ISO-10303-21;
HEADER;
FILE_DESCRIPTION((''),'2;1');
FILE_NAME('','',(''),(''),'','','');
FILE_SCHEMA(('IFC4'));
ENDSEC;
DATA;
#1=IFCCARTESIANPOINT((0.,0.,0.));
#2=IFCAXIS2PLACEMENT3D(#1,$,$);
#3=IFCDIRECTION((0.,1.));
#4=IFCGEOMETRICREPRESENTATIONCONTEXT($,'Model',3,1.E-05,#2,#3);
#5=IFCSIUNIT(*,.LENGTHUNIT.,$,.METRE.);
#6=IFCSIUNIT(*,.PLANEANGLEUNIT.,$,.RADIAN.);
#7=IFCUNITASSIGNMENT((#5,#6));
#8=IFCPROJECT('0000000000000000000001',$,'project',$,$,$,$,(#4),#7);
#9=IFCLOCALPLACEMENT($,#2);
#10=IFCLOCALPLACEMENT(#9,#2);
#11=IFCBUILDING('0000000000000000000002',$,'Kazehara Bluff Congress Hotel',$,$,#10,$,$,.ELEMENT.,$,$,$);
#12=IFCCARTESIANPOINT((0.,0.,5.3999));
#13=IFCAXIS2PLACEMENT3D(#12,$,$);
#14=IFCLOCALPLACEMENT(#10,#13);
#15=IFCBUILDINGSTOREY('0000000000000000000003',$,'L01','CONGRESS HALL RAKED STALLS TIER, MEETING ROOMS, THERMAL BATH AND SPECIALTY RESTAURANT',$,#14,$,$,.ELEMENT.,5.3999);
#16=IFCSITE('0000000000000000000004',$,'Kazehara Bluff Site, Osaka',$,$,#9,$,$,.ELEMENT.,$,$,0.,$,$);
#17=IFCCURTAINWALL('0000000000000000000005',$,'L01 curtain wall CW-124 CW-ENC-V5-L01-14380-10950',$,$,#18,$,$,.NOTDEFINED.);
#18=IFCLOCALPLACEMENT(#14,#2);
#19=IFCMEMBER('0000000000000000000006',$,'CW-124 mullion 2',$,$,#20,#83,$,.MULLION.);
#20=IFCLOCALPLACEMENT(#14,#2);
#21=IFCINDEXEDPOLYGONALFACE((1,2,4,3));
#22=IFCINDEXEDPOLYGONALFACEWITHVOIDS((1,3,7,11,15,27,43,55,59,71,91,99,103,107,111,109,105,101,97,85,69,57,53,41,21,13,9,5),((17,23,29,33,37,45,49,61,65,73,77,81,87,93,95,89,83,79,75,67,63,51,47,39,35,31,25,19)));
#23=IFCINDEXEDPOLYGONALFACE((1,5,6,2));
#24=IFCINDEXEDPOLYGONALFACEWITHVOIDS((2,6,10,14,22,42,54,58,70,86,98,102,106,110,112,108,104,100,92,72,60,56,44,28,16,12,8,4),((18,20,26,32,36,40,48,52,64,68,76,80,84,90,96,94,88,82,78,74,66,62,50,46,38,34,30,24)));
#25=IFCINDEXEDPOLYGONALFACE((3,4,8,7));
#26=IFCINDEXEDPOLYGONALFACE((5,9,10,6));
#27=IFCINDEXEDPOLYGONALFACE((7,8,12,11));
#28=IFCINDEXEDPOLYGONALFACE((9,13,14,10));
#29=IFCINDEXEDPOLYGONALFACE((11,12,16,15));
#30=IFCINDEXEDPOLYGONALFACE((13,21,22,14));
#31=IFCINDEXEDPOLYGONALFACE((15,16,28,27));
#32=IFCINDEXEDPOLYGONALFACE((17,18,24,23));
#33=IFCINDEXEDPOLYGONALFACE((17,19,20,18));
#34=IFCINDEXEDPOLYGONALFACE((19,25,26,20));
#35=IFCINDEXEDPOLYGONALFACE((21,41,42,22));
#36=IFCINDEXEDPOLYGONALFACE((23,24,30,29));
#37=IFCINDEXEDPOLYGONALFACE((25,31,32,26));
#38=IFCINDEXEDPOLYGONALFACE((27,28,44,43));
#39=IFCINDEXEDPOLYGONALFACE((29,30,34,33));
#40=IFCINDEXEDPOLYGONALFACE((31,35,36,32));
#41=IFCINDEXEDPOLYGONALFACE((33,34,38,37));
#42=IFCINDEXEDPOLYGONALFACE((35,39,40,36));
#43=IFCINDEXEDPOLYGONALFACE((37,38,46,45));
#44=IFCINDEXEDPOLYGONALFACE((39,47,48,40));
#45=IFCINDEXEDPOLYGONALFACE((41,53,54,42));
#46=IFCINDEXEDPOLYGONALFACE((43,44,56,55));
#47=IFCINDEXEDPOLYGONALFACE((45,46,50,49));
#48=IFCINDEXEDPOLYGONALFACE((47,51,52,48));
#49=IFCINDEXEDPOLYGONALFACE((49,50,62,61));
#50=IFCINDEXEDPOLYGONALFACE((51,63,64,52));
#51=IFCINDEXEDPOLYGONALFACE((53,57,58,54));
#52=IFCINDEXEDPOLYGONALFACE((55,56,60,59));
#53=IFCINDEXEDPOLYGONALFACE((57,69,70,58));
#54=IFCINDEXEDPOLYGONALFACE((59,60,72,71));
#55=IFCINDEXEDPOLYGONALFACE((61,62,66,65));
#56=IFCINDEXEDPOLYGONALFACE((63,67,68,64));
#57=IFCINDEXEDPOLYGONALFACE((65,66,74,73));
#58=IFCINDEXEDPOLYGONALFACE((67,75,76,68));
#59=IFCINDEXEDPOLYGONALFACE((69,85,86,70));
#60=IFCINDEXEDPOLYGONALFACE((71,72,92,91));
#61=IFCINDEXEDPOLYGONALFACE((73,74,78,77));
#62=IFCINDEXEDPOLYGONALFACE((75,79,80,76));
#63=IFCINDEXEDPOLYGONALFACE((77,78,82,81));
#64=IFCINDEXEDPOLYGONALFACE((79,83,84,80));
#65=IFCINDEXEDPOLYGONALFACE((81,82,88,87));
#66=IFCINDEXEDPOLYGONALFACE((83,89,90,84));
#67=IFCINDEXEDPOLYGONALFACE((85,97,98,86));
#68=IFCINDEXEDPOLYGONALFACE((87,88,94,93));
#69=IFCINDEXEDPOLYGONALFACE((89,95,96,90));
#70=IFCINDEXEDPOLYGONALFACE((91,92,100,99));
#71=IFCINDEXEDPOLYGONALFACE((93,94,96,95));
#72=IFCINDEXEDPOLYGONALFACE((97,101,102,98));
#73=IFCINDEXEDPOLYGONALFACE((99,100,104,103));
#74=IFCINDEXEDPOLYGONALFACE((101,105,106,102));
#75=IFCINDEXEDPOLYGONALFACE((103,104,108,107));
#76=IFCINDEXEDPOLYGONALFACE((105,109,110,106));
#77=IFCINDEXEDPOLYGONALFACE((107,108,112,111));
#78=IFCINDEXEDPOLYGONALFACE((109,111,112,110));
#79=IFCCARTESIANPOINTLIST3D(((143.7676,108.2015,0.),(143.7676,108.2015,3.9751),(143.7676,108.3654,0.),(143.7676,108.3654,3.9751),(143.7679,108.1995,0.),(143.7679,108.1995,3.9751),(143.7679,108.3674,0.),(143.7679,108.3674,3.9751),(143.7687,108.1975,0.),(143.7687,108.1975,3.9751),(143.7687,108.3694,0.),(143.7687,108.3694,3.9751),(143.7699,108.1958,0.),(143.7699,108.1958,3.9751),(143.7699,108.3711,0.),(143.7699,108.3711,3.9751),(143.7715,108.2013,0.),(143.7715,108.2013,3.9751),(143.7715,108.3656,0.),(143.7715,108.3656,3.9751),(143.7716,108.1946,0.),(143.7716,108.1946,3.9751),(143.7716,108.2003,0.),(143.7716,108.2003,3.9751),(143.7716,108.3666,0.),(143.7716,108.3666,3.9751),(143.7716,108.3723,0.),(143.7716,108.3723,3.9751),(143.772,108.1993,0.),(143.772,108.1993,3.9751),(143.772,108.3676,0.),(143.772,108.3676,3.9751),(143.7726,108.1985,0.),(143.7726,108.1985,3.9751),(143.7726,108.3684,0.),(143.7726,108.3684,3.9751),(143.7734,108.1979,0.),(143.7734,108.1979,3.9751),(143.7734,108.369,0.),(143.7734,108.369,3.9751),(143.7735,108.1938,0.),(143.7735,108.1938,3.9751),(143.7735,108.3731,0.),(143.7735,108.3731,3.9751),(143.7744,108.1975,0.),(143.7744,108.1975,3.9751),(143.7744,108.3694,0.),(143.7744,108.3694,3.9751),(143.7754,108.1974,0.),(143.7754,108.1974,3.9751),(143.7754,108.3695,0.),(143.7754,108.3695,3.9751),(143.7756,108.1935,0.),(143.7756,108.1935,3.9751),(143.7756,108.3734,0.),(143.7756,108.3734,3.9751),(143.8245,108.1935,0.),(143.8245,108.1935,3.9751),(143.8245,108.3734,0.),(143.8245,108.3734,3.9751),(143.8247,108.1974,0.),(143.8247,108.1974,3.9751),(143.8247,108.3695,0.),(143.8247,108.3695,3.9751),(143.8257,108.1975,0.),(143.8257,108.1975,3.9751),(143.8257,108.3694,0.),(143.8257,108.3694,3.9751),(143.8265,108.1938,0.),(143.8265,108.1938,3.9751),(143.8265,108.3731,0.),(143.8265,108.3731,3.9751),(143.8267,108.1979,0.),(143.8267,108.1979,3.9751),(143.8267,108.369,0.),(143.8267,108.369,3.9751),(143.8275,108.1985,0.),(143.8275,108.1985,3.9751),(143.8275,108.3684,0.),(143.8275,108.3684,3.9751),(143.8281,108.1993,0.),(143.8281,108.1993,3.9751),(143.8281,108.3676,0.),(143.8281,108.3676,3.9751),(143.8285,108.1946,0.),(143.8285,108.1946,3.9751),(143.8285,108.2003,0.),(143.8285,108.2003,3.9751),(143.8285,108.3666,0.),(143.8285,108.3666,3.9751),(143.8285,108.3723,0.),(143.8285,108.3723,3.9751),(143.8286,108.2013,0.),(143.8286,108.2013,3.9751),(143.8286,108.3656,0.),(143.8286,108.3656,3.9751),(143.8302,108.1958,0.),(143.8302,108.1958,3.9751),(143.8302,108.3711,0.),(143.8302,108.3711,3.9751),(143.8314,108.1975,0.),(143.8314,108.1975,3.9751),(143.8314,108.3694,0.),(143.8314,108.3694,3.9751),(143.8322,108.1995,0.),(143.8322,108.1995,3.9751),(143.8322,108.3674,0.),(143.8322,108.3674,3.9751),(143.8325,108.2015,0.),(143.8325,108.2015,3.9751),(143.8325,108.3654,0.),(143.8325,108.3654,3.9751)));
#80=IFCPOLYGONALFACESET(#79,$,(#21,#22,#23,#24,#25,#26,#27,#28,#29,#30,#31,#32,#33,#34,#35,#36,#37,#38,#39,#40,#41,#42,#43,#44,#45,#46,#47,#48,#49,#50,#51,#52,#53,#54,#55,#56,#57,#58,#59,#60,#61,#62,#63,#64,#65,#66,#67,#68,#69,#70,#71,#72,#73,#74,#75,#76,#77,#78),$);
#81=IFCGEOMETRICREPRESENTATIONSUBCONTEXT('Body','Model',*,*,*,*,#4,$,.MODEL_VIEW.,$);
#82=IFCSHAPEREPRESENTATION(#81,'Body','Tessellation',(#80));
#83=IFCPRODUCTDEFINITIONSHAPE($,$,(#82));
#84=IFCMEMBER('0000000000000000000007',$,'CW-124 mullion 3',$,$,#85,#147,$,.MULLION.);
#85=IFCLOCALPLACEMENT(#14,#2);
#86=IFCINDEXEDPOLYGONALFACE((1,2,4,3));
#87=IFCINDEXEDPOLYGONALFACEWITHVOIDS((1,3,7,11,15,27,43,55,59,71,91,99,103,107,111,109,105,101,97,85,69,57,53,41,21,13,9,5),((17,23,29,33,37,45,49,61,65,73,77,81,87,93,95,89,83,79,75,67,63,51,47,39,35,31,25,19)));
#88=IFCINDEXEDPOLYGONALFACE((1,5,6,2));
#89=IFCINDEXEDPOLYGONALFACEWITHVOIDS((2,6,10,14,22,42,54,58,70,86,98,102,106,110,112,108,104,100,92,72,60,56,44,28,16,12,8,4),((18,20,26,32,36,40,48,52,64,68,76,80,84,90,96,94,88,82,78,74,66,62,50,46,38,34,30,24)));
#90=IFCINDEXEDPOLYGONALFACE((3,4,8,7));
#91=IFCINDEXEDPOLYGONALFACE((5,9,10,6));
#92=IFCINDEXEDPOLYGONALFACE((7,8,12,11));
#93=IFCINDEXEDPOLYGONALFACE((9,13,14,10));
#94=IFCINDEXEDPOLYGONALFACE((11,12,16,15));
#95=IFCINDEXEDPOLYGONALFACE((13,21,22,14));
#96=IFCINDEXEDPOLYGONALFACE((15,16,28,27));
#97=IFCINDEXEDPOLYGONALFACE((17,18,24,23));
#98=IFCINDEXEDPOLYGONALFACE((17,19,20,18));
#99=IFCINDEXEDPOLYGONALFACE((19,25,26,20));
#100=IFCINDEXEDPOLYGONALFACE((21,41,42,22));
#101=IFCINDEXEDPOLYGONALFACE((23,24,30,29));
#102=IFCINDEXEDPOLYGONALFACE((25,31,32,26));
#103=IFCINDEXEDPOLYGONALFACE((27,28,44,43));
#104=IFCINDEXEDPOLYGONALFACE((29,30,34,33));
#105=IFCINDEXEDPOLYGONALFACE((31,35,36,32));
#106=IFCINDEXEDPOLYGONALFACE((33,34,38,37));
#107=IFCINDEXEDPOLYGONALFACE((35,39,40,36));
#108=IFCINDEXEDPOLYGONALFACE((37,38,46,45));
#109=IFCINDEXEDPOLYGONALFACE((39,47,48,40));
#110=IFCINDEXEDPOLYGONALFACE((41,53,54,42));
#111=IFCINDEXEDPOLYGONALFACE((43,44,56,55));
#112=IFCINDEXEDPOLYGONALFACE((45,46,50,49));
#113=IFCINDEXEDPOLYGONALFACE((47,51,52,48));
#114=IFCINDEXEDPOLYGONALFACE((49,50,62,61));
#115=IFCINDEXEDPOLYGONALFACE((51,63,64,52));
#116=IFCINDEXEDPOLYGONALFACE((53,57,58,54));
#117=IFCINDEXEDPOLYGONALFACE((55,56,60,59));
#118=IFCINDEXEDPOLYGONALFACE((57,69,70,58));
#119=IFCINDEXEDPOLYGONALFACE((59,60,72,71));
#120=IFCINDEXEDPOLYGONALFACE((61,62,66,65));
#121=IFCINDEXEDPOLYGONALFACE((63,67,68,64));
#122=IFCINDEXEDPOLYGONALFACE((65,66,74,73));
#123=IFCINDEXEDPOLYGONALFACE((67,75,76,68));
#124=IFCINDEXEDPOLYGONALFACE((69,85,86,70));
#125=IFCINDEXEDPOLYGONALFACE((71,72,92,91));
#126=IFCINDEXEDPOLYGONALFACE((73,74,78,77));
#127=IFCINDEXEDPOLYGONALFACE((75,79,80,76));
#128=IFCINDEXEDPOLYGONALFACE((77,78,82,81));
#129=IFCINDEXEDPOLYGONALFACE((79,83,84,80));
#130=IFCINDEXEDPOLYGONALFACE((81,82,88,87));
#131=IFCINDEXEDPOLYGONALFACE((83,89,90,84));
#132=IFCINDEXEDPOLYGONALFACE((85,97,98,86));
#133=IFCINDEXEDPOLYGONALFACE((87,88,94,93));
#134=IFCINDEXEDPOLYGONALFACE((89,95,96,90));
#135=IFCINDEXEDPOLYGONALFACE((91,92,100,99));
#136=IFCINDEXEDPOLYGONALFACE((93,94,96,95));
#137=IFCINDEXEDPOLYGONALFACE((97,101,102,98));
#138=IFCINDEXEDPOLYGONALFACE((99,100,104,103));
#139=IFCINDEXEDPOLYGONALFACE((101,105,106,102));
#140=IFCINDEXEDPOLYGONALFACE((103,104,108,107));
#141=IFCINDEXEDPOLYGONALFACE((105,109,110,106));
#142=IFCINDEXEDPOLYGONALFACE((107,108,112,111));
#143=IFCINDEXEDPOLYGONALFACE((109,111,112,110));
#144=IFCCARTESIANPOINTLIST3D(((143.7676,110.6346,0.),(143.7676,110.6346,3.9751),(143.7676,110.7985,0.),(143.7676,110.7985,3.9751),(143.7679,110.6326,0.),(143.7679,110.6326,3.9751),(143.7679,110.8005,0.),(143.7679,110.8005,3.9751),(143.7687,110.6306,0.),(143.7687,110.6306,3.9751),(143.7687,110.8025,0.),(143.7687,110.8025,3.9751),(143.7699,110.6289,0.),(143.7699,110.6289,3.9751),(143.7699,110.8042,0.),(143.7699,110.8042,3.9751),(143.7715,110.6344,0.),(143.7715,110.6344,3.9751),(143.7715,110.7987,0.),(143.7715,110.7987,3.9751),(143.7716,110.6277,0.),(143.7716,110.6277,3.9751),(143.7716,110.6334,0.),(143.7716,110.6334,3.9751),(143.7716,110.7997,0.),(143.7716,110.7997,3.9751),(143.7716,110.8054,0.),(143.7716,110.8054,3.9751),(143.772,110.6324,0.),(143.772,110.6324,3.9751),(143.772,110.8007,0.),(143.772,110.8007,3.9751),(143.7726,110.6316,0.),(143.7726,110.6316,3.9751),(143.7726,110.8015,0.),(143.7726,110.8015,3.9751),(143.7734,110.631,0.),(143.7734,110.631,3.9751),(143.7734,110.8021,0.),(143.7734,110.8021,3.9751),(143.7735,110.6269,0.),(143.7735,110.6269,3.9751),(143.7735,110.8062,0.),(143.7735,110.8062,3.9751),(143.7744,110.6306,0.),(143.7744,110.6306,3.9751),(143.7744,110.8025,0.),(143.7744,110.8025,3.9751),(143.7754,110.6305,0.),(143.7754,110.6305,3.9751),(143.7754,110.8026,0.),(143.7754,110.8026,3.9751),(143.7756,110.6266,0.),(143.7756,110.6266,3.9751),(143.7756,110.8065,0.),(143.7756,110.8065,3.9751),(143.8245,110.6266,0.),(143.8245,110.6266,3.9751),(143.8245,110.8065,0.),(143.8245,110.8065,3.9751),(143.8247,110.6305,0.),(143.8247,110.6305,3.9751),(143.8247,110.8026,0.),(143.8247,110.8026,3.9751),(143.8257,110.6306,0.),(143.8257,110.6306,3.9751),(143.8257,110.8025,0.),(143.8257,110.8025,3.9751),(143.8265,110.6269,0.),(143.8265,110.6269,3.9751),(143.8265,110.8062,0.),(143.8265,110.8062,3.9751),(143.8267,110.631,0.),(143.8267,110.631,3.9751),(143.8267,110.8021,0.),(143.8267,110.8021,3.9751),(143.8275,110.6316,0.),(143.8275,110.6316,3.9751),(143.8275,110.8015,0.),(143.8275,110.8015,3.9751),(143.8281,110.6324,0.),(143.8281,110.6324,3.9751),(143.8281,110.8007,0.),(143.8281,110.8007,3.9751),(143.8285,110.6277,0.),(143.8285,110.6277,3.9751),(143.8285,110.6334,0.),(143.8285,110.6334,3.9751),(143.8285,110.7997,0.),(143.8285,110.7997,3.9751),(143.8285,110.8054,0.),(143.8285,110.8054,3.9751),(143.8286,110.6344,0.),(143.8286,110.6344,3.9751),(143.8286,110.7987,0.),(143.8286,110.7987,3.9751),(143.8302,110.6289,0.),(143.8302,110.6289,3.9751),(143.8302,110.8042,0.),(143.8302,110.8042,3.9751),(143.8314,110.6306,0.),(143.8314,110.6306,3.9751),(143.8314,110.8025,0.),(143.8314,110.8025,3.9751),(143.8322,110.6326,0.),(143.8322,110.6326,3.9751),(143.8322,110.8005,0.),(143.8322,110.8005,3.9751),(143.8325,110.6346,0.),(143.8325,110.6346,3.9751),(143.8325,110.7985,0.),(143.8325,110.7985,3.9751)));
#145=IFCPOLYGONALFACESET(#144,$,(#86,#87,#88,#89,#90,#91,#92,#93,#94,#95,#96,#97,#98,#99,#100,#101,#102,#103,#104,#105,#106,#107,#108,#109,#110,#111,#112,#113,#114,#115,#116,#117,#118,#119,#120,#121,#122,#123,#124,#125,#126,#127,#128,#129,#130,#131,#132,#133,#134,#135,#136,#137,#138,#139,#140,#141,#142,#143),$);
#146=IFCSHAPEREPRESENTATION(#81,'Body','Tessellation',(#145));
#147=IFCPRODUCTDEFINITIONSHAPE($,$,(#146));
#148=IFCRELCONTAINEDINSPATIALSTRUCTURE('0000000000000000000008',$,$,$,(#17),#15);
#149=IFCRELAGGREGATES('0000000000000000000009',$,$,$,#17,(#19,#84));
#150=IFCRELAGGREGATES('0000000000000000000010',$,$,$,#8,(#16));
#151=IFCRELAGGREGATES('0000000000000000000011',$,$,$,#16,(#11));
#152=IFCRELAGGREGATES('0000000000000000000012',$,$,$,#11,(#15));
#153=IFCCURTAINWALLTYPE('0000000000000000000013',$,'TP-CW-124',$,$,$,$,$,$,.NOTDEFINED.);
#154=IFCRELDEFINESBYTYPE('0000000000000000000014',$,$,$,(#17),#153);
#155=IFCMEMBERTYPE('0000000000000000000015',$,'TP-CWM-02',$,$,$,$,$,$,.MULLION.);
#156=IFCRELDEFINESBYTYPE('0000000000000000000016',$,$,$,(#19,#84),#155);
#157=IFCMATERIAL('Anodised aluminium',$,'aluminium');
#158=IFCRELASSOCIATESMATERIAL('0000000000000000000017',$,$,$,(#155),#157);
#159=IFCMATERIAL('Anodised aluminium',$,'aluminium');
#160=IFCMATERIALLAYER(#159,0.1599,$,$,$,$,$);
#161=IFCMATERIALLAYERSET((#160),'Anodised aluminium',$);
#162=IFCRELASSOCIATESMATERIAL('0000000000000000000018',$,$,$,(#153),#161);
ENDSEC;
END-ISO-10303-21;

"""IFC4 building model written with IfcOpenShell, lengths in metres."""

from ifc_helpers import new_model, si_unit, direction, frame, origin, origin_2d, place, context, subcontext, project, spatial, hollow_rectangle, extrude, material, layer, layer_set, material_profile, profile_set, type_object, element, aggregate, save


model = new_model("IFC4")

# Units and contexts
model_context = context("Model", 3, precision=1e-05, world=origin(), true_north=direction((0.0, 1.0)))
body_context = subcontext(model_context, "Body", "Model", "MODEL_VIEW")
ifc_project = project(units=[si_unit("LENGTHUNIT", "METRE"), si_unit("PLANEANGLEUNIT", "RADIAN")], contexts=[model_context])

# Site, building, storey
site_placement = place(None, origin())
site = spatial("IfcSite", under=ifc_project, at=site_placement, Name="Kazehara Bluff Site, Osaka", CompositionType="ELEMENT", RefElevation=0.0)
building_placement = place(site_placement, origin())
building = spatial("IfcBuilding", under=site, at=building_placement, Name="Kazehara Bluff Congress Hotel", CompositionType="ELEMENT")
storey_placement = place(building_placement, frame((0.0, 0.0, 5.3999)))
storey = spatial("IfcBuildingStorey", under=building, at=storey_placement, Name="L01", Description="CONGRESS HALL RAKED STALLS TIER, MEETING ROOMS, THERMAL BATH AND SPECIALTY RESTAURANT", CompositionType="ELEMENT", Elevation=5.3999)

# Curtain wall, members
ifc_material_1 = material(Name="Anodised aluminium", Category="aluminium")
ifc_material_profile_1 = material_profile(ifc_material_1, hollow_rectangle(XDim=0.0649, YDim=0.1799, WallThickness=0.0039, InnerFilletRadius=0.0039, OuterFilletRadius=0.0081, at=origin_2d()))
ifc_profile_set_1 = profile_set([ifc_material_profile_1], Name="Anodised aluminium")
member_type_1 = type_object("IfcMemberType", Name="TP-CWM-02", PredefinedType="MULLION", material=ifc_profile_set_1)
ifc_material_2 = material(Name="Anodised aluminium", Category="aluminium")
ifc_layer_1 = layer(ifc_material_2, 0.1599)
ifc_layer_set_1 = layer_set([ifc_layer_1], Name="Anodised aluminium")
curtain_wall_type_1 = type_object("IfcCurtainWallType", Name="TP-CW-124", PredefinedType="NOTDEFINED", material=ifc_layer_set_1)
curtain_wall_1_placement = place(storey_placement, origin())
curtain_wall_1 = element("IfcCurtainWall", 1, at=curtain_wall_1_placement, inside=storey, type_object=curtain_wall_type_1, Name="L01 curtain wall CW-124 CW-ENC-V5-L01-14380-10950", PredefinedType="NOTDEFINED")
member_1_placement = place(storey_placement, frame((143.8, 108.2834, 0.0), z_axis=(0.0, 0.0, 1.0), x_axis=(-1.0, 0.0, 0.0)))
member_1 = element("IfcMember", 2, at=member_1_placement, type_object=member_type_1, Name="CW-124 mullion 2", PredefinedType="MULLION", context=body_context, shape_type="SweptSolid", body=[
    extrude(hollow_rectangle(XDim=0.0649, YDim=0.1799, WallThickness=0.0039, InnerFilletRadius=0.0039, OuterFilletRadius=0.0081, at=origin_2d()), origin(), (0.0, 0.0, 1.0), 3.9751),
])
member_2_placement = place(storey_placement, frame((143.8, 110.7166, 0.0), z_axis=(0.0, 0.0, 1.0), x_axis=(-1.0, 0.0, 0.0)))
member_2 = element("IfcMember", 3, at=member_2_placement, type_object=member_type_1, Name="CW-124 mullion 3", PredefinedType="MULLION", context=body_context, shape_type="SweptSolid", body=[
    extrude(hollow_rectangle(XDim=0.0649, YDim=0.1799, WallThickness=0.0039, InnerFilletRadius=0.0039, OuterFilletRadius=0.0081, at=origin_2d()), origin(), (0.0, 0.0, 1.0), 3.9751),
])

aggregate(curtain_wall_1, [member_1, member_2])

save(model, "model.ifc")
